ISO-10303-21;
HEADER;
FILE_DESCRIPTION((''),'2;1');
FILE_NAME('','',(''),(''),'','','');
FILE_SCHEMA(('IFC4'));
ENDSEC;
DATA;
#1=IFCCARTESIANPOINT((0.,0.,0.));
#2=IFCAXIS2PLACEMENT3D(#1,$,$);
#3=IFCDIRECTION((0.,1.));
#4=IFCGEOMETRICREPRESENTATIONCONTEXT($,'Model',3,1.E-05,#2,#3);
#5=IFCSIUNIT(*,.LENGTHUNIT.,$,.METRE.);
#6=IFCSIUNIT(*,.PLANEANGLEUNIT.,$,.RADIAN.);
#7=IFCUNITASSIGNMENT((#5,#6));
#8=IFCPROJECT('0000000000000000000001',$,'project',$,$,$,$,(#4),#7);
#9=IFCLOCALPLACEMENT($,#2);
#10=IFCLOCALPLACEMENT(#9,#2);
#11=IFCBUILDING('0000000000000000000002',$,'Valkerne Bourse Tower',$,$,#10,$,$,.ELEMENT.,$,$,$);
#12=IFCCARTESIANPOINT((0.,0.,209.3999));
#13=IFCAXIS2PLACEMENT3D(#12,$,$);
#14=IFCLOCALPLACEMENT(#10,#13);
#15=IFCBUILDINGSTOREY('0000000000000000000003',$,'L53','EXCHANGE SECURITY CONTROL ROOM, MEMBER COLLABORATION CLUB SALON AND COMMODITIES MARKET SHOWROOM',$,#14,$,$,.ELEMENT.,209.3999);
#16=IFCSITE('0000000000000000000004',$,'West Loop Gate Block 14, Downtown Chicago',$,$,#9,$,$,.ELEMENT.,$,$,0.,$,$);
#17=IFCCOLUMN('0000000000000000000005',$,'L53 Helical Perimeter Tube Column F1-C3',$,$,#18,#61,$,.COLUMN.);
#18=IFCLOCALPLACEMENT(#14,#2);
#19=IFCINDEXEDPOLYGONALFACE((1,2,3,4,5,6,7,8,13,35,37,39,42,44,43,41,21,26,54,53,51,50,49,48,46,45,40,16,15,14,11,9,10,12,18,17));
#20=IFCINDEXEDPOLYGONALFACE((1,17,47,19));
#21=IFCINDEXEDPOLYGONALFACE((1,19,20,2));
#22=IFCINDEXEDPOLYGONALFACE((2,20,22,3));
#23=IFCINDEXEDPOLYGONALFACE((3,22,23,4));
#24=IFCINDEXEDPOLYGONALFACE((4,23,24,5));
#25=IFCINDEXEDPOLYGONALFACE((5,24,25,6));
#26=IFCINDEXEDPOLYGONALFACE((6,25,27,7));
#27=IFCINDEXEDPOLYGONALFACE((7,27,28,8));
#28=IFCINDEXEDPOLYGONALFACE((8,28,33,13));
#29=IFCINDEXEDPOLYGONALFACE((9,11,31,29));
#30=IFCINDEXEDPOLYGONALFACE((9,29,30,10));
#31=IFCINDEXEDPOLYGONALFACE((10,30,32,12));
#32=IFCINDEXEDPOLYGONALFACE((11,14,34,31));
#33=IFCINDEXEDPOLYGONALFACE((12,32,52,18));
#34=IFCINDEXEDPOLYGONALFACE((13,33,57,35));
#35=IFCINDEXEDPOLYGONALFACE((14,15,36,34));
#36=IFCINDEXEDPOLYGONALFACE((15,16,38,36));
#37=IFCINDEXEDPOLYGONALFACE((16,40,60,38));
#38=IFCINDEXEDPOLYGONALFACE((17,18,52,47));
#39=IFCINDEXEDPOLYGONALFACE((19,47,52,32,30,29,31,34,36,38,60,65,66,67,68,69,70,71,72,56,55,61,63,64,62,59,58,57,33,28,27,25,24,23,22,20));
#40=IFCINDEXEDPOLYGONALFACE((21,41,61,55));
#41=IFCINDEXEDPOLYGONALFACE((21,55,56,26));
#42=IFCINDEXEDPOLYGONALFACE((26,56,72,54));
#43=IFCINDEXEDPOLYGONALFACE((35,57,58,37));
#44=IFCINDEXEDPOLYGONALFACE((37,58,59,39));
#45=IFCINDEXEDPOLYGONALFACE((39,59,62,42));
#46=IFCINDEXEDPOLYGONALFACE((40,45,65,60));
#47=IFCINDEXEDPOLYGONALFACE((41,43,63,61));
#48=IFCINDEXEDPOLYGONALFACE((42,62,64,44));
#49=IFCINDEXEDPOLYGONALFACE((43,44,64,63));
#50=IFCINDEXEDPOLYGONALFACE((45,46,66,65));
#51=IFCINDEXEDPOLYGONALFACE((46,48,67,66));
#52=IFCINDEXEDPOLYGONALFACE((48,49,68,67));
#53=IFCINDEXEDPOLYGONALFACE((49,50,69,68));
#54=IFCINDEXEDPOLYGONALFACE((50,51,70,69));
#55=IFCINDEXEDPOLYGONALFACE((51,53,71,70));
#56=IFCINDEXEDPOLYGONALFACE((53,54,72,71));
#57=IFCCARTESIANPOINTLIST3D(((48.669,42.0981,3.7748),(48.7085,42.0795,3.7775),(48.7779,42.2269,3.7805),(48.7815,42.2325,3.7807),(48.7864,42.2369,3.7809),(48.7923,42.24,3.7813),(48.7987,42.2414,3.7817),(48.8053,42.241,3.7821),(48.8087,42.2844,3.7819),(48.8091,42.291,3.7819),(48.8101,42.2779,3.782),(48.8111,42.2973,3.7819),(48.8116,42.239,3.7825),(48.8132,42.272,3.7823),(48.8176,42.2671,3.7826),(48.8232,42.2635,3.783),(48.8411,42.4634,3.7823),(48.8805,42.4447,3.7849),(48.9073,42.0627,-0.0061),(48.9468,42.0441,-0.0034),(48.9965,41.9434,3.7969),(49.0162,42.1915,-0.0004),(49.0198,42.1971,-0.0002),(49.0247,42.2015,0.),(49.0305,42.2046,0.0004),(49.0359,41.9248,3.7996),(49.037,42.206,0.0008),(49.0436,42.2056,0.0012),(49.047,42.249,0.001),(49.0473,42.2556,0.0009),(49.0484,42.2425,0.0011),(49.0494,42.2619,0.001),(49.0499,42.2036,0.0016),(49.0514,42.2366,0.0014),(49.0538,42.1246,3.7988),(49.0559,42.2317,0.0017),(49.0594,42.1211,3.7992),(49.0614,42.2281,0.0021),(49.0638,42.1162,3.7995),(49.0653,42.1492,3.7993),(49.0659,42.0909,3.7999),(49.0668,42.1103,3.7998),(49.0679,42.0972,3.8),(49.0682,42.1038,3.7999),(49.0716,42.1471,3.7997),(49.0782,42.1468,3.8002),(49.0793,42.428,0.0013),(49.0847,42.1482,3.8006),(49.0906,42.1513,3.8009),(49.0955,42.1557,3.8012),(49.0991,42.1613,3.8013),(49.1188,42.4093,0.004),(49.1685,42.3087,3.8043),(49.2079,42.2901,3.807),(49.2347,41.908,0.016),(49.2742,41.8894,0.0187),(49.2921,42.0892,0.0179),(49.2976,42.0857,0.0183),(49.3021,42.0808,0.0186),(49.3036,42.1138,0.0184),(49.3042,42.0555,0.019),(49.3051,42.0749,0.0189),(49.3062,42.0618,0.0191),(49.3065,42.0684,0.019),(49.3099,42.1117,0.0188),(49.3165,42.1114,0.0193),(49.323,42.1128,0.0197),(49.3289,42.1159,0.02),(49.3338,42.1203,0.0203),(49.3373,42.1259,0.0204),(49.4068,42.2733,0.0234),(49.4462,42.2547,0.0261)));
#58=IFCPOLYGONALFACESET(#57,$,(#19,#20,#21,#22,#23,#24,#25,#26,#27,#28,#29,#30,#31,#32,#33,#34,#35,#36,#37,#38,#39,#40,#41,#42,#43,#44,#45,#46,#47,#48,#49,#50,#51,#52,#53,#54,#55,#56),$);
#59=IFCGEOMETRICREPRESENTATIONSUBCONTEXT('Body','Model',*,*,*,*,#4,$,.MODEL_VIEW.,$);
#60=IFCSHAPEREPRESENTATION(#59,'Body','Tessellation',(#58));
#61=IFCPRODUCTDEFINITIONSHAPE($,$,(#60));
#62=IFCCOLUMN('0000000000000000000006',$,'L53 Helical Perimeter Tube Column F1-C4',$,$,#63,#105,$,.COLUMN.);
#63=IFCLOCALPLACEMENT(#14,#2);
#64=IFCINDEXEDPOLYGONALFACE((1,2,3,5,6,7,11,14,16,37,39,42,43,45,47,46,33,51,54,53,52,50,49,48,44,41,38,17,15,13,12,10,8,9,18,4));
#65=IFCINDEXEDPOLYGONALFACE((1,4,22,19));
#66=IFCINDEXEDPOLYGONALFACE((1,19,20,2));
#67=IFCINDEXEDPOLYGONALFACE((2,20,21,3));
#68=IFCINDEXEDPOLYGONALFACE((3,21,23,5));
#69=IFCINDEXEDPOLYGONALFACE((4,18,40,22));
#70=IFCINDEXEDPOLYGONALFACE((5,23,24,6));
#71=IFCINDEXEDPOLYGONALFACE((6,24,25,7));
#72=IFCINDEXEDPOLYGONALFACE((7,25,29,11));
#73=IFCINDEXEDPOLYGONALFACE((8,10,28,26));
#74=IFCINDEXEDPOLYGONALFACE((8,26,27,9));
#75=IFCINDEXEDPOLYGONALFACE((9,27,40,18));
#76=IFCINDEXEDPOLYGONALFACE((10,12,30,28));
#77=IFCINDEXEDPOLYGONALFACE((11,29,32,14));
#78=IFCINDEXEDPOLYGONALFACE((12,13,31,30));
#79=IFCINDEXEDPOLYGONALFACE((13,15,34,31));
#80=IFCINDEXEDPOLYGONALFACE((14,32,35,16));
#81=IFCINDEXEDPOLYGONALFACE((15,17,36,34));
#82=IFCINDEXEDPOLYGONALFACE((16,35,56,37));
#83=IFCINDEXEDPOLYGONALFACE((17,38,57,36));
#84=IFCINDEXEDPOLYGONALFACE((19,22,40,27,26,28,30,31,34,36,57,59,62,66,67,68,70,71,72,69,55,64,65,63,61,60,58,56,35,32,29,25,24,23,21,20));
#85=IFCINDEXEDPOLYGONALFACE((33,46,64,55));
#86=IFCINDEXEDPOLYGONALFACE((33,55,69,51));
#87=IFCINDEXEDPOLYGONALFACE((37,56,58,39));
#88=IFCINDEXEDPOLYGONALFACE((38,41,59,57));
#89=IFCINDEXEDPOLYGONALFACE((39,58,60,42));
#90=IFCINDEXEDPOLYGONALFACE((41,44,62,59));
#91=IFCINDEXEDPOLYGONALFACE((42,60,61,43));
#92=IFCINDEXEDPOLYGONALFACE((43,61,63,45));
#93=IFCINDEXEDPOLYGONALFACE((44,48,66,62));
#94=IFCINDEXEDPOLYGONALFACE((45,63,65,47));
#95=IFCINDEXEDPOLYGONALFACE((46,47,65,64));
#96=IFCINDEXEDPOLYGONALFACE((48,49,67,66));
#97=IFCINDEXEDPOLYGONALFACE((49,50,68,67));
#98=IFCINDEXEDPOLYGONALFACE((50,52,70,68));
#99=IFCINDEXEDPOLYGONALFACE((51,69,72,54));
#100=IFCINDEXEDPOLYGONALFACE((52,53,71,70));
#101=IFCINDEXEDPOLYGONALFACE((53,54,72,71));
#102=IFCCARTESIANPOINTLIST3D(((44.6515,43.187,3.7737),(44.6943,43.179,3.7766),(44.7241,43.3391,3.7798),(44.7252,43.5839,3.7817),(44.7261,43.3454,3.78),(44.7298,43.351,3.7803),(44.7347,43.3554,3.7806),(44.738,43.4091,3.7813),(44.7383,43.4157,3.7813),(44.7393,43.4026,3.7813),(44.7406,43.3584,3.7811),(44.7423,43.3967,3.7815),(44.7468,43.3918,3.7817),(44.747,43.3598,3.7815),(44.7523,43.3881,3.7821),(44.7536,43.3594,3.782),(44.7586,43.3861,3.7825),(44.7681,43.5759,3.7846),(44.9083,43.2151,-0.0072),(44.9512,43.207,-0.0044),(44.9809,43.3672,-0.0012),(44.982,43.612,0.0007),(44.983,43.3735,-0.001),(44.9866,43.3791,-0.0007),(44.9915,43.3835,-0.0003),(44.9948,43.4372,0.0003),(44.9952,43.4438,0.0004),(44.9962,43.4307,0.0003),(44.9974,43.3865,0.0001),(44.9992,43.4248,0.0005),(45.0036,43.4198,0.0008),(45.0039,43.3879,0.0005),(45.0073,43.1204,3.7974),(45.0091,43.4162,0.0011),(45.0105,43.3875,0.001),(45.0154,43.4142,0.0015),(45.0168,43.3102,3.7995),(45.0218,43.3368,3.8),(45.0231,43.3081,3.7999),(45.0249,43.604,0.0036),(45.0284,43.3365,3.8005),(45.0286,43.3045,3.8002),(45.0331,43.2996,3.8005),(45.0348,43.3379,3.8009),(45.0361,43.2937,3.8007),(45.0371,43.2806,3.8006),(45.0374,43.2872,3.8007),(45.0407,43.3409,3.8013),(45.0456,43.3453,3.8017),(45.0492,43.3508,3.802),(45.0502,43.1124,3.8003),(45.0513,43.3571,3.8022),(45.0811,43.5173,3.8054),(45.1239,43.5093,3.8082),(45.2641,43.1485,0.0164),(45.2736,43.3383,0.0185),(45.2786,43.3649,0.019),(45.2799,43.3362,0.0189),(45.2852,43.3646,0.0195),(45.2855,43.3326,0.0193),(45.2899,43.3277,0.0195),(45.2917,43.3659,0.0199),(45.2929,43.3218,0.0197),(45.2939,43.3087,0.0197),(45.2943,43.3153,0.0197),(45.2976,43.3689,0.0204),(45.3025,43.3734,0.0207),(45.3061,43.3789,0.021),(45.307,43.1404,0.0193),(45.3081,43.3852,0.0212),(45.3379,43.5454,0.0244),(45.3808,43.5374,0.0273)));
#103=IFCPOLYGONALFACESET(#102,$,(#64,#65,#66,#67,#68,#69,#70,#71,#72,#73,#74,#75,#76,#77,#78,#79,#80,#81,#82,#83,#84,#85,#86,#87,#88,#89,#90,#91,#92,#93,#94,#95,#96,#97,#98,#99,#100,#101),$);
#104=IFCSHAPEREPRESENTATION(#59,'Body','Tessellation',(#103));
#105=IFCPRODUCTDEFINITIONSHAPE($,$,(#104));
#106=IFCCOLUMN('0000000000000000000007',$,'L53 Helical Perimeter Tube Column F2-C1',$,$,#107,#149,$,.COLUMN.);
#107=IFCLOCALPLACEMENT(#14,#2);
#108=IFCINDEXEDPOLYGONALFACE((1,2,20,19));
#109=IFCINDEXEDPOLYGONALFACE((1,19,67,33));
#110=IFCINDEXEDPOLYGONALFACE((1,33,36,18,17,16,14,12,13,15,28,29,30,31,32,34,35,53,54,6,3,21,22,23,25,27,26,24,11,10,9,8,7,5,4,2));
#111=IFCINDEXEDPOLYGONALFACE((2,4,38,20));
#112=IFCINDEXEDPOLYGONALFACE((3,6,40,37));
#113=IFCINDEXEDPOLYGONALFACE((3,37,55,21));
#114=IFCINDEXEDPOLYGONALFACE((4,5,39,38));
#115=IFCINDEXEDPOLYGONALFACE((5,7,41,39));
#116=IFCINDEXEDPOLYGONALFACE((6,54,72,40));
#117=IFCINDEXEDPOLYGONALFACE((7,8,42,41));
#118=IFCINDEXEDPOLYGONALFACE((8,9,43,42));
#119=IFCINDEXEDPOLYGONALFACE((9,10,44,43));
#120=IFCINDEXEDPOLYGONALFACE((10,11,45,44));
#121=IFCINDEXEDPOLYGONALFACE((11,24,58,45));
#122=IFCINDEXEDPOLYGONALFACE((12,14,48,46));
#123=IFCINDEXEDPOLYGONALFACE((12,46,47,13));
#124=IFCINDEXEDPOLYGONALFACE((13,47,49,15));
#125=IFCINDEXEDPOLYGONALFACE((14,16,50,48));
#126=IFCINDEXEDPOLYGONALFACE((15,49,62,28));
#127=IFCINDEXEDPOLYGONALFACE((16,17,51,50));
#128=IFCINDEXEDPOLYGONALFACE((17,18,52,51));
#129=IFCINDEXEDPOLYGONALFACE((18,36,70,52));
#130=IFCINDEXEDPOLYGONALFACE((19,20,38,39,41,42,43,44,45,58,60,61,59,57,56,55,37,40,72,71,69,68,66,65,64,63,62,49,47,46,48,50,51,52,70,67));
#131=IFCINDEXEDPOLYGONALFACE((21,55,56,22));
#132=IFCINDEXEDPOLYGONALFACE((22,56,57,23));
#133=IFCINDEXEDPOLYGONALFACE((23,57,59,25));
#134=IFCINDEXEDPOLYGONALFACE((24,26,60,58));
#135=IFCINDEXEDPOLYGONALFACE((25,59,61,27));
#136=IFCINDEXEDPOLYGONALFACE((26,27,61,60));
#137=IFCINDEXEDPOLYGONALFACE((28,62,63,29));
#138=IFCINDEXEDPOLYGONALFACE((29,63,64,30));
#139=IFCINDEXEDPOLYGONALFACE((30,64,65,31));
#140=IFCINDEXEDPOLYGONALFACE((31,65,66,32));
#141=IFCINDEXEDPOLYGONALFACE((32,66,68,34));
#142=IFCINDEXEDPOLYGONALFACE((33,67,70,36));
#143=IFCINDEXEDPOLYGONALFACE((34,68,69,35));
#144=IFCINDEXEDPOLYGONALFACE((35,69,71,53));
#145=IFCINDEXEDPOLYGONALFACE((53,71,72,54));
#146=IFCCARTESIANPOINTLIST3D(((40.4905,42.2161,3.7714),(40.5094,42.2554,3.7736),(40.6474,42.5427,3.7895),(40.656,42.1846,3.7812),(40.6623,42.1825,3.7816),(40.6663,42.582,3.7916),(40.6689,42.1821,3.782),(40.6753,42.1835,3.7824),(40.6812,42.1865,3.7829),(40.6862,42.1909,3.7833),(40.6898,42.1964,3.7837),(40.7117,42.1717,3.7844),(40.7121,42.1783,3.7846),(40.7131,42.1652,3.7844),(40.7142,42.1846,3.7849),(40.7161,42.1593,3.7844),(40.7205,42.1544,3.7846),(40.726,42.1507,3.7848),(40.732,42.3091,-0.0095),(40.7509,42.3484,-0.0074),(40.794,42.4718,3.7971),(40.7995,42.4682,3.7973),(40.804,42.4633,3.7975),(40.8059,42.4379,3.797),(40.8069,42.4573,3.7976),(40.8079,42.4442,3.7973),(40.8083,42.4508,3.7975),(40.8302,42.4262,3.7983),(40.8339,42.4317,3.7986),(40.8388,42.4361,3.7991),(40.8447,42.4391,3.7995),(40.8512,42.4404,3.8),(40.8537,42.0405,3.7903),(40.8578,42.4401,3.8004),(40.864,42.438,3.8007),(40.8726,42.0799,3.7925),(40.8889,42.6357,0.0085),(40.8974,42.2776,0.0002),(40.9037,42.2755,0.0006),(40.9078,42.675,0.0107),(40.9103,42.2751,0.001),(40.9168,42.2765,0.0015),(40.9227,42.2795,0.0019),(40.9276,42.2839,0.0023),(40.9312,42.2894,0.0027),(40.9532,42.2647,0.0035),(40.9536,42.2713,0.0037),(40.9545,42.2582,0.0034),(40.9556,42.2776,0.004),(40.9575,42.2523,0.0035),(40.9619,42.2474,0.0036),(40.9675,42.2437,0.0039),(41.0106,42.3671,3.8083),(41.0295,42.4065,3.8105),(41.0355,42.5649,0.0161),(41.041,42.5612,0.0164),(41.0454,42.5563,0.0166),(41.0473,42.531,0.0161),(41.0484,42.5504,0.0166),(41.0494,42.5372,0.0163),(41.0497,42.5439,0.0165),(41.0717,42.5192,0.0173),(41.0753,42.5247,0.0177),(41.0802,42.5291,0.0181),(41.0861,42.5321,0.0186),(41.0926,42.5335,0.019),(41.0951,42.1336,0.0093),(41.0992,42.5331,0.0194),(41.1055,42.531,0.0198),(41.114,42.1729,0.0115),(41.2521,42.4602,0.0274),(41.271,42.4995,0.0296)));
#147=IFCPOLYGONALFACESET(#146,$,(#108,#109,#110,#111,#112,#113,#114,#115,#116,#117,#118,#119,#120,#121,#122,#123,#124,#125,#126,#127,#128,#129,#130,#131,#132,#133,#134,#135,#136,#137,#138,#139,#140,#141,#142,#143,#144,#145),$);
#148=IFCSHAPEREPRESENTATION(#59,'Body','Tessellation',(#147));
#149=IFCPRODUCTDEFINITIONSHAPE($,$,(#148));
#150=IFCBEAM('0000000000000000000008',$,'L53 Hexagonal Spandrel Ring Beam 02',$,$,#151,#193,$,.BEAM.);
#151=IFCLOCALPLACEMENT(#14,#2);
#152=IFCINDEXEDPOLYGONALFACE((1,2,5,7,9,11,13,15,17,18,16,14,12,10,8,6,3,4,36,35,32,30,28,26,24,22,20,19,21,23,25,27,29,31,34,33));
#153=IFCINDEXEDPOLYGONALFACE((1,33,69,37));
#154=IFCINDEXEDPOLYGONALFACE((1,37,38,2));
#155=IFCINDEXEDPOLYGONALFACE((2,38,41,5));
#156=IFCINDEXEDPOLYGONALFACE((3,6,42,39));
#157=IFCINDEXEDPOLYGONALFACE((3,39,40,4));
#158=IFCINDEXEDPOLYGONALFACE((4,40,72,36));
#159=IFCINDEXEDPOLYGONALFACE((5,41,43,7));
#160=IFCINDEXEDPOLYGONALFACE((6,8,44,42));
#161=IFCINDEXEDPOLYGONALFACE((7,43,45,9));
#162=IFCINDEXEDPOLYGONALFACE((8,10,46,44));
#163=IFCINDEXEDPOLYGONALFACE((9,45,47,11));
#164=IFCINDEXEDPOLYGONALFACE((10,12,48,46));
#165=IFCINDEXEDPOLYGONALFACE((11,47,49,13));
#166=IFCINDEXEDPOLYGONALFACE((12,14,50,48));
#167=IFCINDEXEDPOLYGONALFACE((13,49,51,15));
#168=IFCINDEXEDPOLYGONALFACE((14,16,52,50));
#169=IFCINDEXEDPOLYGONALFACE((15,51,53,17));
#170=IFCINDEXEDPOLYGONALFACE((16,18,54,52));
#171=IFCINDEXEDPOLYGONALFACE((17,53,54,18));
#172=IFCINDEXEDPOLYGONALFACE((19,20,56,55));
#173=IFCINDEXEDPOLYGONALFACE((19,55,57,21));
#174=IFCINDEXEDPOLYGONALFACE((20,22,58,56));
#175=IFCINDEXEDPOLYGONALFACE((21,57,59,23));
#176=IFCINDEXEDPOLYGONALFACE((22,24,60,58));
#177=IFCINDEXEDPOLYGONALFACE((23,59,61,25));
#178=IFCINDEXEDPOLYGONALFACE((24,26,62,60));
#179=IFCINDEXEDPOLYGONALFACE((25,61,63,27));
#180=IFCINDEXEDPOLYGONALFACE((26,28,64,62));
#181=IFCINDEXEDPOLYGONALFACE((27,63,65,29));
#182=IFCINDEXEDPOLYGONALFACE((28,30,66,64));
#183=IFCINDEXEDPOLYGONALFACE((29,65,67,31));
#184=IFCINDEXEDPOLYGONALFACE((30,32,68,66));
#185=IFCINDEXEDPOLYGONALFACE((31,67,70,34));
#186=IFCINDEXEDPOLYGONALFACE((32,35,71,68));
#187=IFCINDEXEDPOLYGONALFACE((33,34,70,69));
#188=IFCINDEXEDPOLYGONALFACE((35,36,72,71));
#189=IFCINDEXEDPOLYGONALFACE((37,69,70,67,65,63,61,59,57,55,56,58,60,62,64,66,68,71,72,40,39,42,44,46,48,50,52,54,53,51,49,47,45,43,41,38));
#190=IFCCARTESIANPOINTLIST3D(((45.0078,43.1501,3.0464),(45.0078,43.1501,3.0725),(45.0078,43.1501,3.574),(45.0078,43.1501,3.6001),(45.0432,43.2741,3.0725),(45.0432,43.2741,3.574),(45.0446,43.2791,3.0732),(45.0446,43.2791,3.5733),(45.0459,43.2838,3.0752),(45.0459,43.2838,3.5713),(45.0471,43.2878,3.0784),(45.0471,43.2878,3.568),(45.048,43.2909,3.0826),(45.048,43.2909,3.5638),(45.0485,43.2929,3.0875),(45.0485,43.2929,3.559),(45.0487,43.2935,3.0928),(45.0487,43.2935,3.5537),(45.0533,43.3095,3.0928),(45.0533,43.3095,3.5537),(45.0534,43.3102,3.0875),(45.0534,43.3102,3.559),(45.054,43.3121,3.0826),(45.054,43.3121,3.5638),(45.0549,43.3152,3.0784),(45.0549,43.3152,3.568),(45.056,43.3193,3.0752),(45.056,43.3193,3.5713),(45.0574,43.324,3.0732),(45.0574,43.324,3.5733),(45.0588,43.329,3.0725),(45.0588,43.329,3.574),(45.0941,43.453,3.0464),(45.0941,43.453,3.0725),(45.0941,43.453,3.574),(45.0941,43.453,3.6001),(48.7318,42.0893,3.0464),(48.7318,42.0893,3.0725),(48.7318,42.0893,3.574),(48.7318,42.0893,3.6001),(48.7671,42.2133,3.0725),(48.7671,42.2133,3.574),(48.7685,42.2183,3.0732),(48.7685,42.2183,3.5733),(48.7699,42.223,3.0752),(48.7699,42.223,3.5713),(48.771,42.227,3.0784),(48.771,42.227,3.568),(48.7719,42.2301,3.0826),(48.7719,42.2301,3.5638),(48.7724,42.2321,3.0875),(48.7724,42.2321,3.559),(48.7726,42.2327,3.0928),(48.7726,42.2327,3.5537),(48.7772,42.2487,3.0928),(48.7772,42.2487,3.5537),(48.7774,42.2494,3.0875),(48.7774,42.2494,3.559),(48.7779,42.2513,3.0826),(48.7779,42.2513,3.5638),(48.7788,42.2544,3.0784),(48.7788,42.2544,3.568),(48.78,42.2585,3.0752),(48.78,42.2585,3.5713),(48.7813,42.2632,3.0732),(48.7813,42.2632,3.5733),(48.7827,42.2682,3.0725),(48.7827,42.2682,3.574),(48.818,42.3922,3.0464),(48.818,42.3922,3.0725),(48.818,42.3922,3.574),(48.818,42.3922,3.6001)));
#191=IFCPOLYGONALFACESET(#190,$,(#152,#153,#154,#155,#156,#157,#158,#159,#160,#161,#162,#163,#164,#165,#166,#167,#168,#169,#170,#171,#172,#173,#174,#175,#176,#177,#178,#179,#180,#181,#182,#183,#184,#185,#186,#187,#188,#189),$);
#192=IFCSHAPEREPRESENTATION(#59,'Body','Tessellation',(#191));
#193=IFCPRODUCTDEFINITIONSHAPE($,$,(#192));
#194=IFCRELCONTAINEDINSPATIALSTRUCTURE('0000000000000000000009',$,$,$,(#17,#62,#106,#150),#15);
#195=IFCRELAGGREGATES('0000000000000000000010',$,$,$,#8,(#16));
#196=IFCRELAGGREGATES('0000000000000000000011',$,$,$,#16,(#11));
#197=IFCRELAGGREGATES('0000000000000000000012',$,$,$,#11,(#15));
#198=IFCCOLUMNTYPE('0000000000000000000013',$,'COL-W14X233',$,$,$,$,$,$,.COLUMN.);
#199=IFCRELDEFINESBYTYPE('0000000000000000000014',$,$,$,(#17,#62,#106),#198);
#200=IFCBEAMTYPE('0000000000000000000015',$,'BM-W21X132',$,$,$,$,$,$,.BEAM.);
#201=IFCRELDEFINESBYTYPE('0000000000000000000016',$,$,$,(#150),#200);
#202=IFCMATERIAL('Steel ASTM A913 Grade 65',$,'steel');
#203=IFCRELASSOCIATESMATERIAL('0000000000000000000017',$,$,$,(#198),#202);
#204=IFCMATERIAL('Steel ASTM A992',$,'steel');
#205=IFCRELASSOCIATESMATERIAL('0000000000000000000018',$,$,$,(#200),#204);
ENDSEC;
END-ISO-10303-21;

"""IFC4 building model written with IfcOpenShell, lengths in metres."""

from ifc_helpers import new_model, si_unit, direction, frame, origin, origin_2d, place, context, subcontext, project, spatial, i_section, extrude, material, material_profile, profile_set, type_object, element, save


model = new_model("IFC4")

# Units and contexts
model_context = context("Model", 3, precision=1e-05, world=origin(), true_north=direction((0.0, 1.0)))
body_context = subcontext(model_context, "Body", "Model", "MODEL_VIEW")
ifc_project = project(units=[si_unit("LENGTHUNIT", "METRE"), si_unit("PLANEANGLEUNIT", "RADIAN")], contexts=[model_context])

# Site, building, storey
site_placement = place(None, origin())
site = spatial("IfcSite", under=ifc_project, at=site_placement, Name="West Loop Gate Block 14, Downtown Chicago", CompositionType="ELEMENT", RefElevation=0.0)
building_placement = place(site_placement, origin())
building = spatial("IfcBuilding", under=site, at=building_placement, Name="Valkerne Bourse Tower", CompositionType="ELEMENT")
storey_placement = place(building_placement, frame((0.0, 0.0, 209.3999)))
storey = spatial("IfcBuildingStorey", under=building, at=storey_placement, Name="L53", Description="EXCHANGE SECURITY CONTROL ROOM, MEMBER COLLABORATION CLUB SALON AND COMMODITIES MARKET SHOWROOM", CompositionType="ELEMENT", Elevation=209.3999)

# Columns
ifc_material_1 = material(Name="Steel ASTM A913 Grade 65", Category="steel")
ifc_material_profile_1 = material_profile(ifc_material_1, i_section(OverallWidth=0.4038, OverallDepth=0.4065, WebThickness=0.0271, FlangeThickness=0.0437, FilletRadius=0.0254, at=origin_2d()), Name="W14X233")
ifc_profile_set_1 = profile_set([ifc_material_profile_1], Name="Steel ASTM A913 Grade 65")
column_type = type_object("IfcColumnType", Name="COL-W14X233", PredefinedType="COLUMN", material=ifc_profile_set_1)
column_placement = place(storey_placement, frame((49.1768, 42.1587, 0.01), z_axis=(-0.062893, 0.009344, 0.997977), x_axis=(0.425996, 0.904538, 0.018378)))
element("IfcColumn", 1, at=column_placement, inside=storey, type_object=column_type, Name="L53 Helical Perimeter Tube Column F1-C3", PredefinedType="COLUMN", context=body_context, shape_type="SweptSolid", body=[
    extrude(i_section(OverallWidth=0.4038, OverallDepth=0.4065, WebThickness=0.0271, FlangeThickness=0.0437, FilletRadius=0.0254, at=origin_2d()), origin(), (0.0, 0.0, 1.0), 3.7886),
])
for number, where, z_axis, x_axis, name in (
    (2, (45.1445, 43.3762, 0.01), (-0.06777, -0.007408, 0.997673), (0.182621, 0.982986, 0.019704), "L53 Helical Perimeter Tube Column F1-C4"),
    (3, (41.0015, 42.4043, 0.01), (-0.063711, -0.024544, 0.997667), (-0.899348, 0.434728, -0.046738), "L53 Helical Perimeter Tube Column F2-C1"),
):
    element("IfcColumn", number, at=place(storey_placement, frame(where, z_axis=z_axis, x_axis=x_axis)), inside=storey, type_object=column_type, Name=name, PredefinedType="COLUMN", context=body_context, shape_type="SweptSolid", body=[
        extrude(i_section(OverallWidth=0.4038, OverallDepth=0.4065, WebThickness=0.0271, FlangeThickness=0.0437, FilletRadius=0.0254, at=origin_2d()), origin(), (0.0, 0.0, 1.0), 3.7898),
    ])

# Beam
ifc_material_2 = material(Name="Steel ASTM A992", Category="steel")
ifc_material_profile_2 = material_profile(ifc_material_2, i_section(OverallWidth=0.3149, OverallDepth=0.5537, WebThickness=0.0166, FlangeThickness=0.0261, FilletRadius=0.0203, at=origin_2d()), Name="W21X132")
ifc_profile_set_2 = profile_set([ifc_material_profile_2], Name="Steel ASTM A992")
beam_type_1 = type_object("IfcBeamType", Name="BM-W21X132", PredefinedType="BEAM", material=ifc_profile_set_2)
beam_1_placement = place(storey_placement, frame((48.7749, 42.2407, 3.3232), z_axis=(-0.96174, 0.273963, 0.0), x_axis=(-0.273963, -0.96174, 0.0)))
element("IfcBeam", 4, at=beam_1_placement, inside=storey, type_object=beam_type_1, Name="L53 Hexagonal Spandrel Ring Beam 02", PredefinedType="BEAM", context=body_context, shape_type="SweptSolid", body=[
    extrude(i_section(OverallWidth=0.3149, OverallDepth=0.5537, WebThickness=0.0166, FlangeThickness=0.0261, FilletRadius=0.0203, at=origin_2d()), origin(), (0.0, 0.0, 1.0), 3.8721),
])

save(model, "model.ifc")
